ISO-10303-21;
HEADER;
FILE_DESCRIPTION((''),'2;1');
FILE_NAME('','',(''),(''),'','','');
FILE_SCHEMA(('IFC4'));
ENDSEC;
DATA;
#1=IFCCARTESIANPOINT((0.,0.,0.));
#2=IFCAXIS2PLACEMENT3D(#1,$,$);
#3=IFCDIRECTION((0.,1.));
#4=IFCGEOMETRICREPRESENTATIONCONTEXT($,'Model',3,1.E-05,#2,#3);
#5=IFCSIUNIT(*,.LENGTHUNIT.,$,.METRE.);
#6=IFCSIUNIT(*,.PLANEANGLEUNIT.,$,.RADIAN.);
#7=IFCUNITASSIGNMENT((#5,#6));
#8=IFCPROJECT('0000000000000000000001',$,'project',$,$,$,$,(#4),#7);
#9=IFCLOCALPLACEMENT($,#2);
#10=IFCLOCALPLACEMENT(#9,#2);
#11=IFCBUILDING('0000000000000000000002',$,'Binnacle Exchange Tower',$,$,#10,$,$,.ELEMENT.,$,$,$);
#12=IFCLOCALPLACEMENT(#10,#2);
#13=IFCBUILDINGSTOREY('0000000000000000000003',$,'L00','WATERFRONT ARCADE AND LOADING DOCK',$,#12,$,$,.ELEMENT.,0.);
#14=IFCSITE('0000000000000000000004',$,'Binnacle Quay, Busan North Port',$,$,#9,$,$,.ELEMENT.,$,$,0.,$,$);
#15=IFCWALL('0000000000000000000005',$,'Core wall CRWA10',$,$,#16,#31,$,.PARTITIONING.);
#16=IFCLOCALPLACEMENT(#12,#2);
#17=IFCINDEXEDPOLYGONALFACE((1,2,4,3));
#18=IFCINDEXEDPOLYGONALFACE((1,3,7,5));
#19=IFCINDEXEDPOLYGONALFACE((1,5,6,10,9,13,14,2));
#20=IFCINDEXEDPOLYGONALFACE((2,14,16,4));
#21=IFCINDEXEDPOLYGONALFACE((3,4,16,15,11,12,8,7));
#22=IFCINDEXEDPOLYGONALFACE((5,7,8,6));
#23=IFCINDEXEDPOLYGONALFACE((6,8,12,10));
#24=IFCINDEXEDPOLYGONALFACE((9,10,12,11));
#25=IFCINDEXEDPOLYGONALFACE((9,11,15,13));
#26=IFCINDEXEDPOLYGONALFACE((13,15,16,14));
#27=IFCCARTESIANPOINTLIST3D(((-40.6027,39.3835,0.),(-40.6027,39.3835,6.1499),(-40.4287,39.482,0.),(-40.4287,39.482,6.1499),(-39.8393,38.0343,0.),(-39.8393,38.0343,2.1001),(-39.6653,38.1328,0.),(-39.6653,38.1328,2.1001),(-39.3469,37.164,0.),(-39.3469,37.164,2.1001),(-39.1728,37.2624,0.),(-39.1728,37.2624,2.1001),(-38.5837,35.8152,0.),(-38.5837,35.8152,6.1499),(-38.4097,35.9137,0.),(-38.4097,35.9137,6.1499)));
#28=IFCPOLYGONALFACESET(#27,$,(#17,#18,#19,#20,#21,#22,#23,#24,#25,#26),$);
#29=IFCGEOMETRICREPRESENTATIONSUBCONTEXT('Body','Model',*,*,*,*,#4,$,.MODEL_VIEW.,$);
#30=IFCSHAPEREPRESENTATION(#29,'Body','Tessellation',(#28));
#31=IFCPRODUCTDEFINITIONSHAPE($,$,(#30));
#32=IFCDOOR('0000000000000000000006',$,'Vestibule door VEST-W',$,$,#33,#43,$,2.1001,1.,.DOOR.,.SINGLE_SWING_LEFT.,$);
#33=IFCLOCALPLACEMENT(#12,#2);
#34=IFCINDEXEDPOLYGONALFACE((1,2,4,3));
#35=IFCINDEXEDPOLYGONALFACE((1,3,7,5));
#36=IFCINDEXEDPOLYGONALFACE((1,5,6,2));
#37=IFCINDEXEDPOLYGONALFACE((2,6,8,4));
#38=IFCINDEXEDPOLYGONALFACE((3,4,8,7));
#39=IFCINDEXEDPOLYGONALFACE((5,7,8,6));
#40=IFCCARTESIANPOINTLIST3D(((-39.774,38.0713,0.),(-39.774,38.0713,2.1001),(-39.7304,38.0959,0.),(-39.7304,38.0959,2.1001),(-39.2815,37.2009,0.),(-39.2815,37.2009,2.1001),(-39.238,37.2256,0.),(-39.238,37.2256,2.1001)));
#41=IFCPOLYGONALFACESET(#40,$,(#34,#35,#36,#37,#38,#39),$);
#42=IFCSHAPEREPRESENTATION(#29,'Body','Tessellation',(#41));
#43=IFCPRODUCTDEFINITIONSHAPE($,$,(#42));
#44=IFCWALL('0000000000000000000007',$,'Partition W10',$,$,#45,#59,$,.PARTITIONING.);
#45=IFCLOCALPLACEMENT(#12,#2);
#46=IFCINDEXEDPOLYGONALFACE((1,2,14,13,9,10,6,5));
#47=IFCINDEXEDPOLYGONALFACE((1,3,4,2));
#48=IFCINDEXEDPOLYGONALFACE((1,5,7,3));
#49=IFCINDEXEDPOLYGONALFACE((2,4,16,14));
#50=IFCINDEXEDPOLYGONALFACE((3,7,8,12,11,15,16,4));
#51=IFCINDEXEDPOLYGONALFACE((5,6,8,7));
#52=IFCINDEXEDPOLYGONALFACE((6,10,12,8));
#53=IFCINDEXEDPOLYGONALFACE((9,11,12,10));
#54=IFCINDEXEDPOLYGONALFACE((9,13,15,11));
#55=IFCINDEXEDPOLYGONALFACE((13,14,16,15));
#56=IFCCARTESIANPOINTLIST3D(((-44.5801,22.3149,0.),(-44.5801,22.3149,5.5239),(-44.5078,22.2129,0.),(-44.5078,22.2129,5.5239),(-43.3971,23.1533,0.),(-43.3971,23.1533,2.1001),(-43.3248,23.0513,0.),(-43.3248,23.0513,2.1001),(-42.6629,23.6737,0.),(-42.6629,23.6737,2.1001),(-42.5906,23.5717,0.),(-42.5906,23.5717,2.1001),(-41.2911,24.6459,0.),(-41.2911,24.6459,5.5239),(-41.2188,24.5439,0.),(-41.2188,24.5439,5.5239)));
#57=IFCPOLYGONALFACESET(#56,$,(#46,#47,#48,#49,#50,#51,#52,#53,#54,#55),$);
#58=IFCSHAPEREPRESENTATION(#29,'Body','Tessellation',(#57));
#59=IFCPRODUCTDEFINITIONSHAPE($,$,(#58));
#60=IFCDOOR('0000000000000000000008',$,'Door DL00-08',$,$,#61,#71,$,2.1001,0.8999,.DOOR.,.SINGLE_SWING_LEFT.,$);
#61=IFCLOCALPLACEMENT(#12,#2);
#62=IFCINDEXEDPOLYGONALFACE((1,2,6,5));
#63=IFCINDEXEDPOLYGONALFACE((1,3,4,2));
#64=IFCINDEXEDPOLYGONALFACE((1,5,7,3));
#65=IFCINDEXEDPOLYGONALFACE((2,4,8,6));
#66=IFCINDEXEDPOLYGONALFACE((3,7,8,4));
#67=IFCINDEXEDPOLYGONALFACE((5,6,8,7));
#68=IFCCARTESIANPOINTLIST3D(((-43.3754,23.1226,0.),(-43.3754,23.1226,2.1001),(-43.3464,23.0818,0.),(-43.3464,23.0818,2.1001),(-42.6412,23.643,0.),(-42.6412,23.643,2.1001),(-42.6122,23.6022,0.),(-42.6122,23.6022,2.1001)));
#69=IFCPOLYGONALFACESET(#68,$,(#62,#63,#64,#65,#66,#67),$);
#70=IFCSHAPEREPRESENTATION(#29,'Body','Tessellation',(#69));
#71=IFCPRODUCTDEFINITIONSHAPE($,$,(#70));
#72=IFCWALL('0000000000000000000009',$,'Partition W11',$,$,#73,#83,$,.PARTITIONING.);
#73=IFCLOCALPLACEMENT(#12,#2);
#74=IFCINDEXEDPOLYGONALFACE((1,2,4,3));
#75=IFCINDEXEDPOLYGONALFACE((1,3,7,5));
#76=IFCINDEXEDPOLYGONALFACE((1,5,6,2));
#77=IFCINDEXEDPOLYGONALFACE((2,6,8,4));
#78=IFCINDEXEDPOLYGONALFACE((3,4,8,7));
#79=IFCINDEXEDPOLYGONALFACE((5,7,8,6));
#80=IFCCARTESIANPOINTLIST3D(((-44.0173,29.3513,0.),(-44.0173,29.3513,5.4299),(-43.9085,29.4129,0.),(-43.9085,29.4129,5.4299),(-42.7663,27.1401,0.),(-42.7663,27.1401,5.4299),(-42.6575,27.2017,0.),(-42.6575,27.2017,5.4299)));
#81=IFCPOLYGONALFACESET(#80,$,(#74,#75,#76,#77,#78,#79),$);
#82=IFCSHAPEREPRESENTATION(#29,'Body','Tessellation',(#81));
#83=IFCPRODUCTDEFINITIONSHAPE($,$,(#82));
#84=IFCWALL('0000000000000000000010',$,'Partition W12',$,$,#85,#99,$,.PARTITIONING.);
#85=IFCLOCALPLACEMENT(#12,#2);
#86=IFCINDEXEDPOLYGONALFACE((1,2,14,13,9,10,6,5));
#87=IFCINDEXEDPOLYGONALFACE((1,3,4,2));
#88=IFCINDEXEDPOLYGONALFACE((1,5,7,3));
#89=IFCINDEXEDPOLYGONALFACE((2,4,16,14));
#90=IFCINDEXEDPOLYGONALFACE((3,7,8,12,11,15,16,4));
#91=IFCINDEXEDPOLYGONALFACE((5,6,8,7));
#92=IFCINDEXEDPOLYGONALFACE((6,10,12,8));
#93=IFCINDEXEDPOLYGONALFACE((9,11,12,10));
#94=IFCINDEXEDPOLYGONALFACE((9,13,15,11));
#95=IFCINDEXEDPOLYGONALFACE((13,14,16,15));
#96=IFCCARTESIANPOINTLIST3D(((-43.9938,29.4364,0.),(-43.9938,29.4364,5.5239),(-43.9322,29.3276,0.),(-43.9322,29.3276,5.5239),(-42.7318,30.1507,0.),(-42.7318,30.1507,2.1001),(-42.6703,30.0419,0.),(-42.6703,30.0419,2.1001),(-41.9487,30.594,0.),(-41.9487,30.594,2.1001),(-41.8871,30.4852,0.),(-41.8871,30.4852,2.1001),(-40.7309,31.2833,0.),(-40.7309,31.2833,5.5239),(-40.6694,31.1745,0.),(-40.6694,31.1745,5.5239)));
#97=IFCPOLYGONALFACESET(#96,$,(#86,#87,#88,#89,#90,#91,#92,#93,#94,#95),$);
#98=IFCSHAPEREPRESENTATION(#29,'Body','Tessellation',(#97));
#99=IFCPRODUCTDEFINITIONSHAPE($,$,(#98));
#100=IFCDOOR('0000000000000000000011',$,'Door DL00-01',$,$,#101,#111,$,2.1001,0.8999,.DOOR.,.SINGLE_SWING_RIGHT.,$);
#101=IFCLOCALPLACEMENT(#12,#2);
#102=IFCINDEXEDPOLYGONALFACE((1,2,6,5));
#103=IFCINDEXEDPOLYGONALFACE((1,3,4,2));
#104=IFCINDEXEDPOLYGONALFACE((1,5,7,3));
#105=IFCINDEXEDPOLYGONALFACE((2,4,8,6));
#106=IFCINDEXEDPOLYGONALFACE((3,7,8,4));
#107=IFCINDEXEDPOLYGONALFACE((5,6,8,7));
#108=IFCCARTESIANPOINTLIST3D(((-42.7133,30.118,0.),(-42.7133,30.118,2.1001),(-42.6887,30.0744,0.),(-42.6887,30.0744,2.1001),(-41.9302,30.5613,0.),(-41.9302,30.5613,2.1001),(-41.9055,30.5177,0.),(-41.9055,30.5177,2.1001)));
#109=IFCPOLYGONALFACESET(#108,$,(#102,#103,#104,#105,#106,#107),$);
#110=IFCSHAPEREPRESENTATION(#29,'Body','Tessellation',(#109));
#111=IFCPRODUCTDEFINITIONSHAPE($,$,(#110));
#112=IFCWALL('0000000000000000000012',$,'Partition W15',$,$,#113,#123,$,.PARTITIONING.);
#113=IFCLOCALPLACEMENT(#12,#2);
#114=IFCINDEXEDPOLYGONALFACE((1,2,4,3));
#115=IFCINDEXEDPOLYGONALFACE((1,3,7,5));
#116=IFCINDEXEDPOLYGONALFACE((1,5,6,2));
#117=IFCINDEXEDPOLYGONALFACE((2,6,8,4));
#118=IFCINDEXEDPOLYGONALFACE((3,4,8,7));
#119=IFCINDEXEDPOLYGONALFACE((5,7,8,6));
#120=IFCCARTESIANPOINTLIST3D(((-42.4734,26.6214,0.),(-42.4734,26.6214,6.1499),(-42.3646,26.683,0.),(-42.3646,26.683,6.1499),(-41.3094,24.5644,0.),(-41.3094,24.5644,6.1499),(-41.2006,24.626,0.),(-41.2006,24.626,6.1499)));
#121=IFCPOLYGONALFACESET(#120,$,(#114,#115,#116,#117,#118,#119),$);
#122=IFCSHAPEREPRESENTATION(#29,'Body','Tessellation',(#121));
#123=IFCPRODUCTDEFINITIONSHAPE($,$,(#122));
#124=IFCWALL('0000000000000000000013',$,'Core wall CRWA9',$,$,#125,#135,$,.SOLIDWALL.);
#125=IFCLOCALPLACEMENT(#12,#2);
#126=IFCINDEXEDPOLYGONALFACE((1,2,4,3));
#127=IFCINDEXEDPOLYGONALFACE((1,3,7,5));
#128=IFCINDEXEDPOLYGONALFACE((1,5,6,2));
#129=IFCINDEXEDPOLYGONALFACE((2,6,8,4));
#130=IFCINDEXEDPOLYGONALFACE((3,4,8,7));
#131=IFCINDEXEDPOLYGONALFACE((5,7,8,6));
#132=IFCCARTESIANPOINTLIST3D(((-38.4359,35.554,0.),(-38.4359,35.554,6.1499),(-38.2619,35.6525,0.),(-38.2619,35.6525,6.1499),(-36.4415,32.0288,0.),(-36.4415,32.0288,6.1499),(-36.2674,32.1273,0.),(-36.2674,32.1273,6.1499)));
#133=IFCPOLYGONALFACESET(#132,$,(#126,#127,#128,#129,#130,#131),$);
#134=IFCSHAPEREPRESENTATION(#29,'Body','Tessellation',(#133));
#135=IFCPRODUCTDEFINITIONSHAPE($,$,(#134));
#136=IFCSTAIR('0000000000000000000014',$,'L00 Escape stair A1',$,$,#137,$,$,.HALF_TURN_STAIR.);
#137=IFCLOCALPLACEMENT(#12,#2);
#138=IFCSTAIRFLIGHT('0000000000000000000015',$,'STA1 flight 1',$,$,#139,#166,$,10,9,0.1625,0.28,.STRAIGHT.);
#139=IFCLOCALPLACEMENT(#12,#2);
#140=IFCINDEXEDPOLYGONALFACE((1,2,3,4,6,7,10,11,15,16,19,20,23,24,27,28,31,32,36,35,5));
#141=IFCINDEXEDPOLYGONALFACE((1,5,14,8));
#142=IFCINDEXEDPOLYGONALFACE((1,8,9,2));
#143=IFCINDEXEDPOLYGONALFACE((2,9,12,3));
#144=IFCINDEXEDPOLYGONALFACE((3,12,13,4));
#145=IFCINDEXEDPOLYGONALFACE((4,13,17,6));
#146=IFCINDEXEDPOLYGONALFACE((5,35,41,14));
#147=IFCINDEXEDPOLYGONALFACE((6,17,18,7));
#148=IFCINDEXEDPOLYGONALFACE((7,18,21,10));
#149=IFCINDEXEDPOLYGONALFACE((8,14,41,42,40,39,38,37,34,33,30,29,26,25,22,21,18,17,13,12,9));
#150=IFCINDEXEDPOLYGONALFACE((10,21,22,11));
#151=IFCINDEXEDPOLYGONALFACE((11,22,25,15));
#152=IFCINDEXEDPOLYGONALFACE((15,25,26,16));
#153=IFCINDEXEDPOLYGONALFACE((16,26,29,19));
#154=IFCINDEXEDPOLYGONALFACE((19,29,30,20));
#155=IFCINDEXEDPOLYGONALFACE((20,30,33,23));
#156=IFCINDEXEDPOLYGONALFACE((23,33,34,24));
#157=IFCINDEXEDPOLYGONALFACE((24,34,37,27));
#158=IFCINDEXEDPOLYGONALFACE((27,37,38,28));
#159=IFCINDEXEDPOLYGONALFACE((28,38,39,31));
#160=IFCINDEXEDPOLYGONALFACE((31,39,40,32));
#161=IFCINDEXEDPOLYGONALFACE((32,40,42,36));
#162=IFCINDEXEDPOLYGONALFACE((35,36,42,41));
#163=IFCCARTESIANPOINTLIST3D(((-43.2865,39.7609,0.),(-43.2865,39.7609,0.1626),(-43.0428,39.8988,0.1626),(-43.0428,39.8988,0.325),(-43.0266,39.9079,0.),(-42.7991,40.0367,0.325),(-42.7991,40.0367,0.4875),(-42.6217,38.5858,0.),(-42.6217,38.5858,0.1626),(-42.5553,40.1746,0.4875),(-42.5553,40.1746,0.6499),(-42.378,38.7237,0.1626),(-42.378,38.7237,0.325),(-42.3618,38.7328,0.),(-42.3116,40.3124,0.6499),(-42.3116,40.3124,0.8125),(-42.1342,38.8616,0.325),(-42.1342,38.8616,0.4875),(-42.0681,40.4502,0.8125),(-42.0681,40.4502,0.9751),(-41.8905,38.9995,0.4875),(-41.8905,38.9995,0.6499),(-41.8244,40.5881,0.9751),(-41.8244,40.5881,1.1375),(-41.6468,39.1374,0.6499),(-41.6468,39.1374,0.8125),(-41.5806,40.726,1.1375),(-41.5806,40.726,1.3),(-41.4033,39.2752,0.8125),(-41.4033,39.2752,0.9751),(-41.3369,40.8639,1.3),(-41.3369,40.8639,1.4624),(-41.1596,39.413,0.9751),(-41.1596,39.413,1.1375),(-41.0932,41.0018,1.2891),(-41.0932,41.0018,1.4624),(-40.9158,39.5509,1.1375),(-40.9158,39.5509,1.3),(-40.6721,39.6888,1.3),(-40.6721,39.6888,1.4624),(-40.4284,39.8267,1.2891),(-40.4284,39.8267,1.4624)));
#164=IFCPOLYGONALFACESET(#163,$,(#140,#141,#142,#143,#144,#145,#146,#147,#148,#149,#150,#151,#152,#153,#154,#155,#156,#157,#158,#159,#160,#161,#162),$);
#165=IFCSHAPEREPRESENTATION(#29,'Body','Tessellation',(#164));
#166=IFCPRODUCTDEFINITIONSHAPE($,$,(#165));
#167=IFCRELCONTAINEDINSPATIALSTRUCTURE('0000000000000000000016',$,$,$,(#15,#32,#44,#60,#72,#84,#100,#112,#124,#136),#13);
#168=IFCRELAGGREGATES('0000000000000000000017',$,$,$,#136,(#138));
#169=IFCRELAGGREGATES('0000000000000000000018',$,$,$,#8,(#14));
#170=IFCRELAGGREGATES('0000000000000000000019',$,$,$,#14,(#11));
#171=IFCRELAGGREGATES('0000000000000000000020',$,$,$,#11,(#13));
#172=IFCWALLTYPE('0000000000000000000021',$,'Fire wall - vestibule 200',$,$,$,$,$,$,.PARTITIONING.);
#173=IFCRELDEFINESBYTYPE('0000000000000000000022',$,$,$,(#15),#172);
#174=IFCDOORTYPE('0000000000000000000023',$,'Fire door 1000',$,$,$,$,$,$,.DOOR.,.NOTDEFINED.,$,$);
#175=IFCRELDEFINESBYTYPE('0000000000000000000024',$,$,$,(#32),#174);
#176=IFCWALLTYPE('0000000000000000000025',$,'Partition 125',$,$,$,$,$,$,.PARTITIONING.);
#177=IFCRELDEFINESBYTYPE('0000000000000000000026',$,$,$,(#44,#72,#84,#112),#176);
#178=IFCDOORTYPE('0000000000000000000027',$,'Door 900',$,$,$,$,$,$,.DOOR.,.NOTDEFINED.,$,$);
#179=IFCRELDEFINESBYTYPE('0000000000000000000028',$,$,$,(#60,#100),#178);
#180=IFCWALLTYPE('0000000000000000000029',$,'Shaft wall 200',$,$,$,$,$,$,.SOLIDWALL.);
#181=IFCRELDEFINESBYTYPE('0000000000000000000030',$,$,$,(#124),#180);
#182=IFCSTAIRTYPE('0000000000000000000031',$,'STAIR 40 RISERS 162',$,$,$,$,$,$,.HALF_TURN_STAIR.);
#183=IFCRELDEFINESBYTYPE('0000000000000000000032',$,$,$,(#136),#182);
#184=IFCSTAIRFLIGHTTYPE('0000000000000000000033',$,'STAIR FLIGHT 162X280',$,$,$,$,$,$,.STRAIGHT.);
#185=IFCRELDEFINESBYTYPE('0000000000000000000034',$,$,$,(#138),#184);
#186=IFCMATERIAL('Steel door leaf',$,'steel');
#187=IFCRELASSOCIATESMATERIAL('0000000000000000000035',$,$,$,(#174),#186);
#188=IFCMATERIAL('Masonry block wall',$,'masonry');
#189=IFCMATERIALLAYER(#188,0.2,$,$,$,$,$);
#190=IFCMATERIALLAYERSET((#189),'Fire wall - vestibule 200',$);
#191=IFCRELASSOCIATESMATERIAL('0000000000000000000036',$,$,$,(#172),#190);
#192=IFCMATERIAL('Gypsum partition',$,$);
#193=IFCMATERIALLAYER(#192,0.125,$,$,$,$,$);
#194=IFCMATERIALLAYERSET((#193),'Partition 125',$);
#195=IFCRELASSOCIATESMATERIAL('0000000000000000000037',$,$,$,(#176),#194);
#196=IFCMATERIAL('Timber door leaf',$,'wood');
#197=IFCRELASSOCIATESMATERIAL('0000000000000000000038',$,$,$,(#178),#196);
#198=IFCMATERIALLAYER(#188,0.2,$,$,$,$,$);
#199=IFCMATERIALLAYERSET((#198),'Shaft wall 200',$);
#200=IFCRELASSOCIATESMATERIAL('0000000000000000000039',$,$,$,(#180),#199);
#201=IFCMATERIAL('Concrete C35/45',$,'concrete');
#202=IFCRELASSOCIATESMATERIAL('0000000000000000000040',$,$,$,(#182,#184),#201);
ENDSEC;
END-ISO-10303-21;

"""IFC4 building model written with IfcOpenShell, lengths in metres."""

from ifc_helpers import new_model, si_unit, direction, frame, frame_2d, origin, place, context, subcontext, project, spatial, polyline, rectangle, outline, extrude, material, layer, layer_set, type_object, element, fill, aggregate, save


model = new_model("IFC4")

# Units and contexts
model_context = context("Model", 3, precision=1e-05, world=origin(), true_north=direction((0.0, 1.0)))
body_context = subcontext(model_context, "Body", "Model", "MODEL_VIEW")
ifc_project = project(units=[si_unit("LENGTHUNIT", "METRE"), si_unit("PLANEANGLEUNIT", "RADIAN")], contexts=[model_context])

# Site, building, storey
site_placement = place(None, origin())
site = spatial("IfcSite", under=ifc_project, at=site_placement, Name="Binnacle Quay, Busan North Port", CompositionType="ELEMENT", RefElevation=0.0)
building_placement = place(site_placement, origin())
building = spatial("IfcBuilding", under=site, at=building_placement, Name="Binnacle Exchange Tower", CompositionType="ELEMENT")
storey_placement = place(building_placement, origin())
storey = spatial("IfcBuildingStorey", under=building, at=storey_placement, Name="L00", Description="WATERFRONT ARCADE AND LOADING DOCK", CompositionType="ELEMENT", Elevation=0.0)

# Shared definitions
ifc_material_1 = material(Name="Steel door leaf", Category="steel")

# Walls, openings, doors
door_type_1 = type_object("IfcDoorType", Name="Fire door 1000", OperationType="NOTDEFINED", PredefinedType="DOOR", material=ifc_material_1)
ifc_material_2 = material(Name="Masonry block wall", Category="masonry")
ifc_layer_1 = layer(ifc_material_2, 0.2)
ifc_layer_set_1 = layer_set([ifc_layer_1], Name="Fire wall - vestibule 200")
wall_type_1 = type_object("IfcWallType", Name="Fire wall - vestibule 200", PredefinedType="PARTITIONING", material=ifc_layer_set_1)
wall_1_placement = place(storey_placement, frame((-40.5156, 39.4326, 0.0), z_axis=(0.0, 0.0, 1.0), x_axis=(0.492454, -0.870339, 0.0)))
wall_1 = element("IfcWall", 1, at=wall_1_placement, inside=storey, type_object=wall_type_1, Name="Core wall CRWA10", PredefinedType="PARTITIONING", context=body_context, shape_type="SweptSolid", body=[
    extrude(rectangle(XDim=4.0999, YDim=0.2, at=frame_2d((2.0498, 0.0))), origin(), (0.0, 0.0, 1.0), 6.1499),
])
opening_1_placement = place(wall_1_placement, frame((1.55, 0.0, 0.0)))
opening_1 = element("IfcOpeningElement", 2, at=opening_1_placement, cuts=wall_1, PredefinedType="OPENING", context=body_context, shape_type="SweptSolid", body=[
    extrude(rectangle(XDim=1.0, YDim=2.1001, at=frame_2d((0.5, 1.05))), frame((0.0, 0.1099, 0.0), z_axis=(0.0, -1.0, 0.0), x_axis=(1.0, 0.0, 0.0)), (0.0, 0.0, 1.0), 0.22),
])
door_1_placement = place(opening_1_placement, frame((1.0, 0.0, 0.0), z_axis=(0.0, 0.0, 1.0), x_axis=(-1.0, 0.0, 0.0)))
door_1 = element("IfcDoor", 3, at=door_1_placement, inside=storey, type_object=door_type_1, Name="Vestibule door VEST-W", OperationType="SINGLE_SWING_LEFT", OverallHeight=2.1001, OverallWidth=1.0, PredefinedType="DOOR", context=body_context, shape_type="SweptSolid", body=[
    extrude(rectangle(XDim=1.0, YDim=2.1001, at=frame_2d((0.5, 1.05))), frame((0.0, 0.0249, 0.0), z_axis=(0.0, -1.0, 0.0), x_axis=(1.0, 0.0, 0.0)), (0.0, 0.0, 1.0), 0.05),
])
fill(opening_1, door_1)
ifc_material_3 = material(Name="Gypsum partition")
ifc_layer_2 = layer(ifc_material_3, 0.125)
ifc_layer_set_2 = layer_set([ifc_layer_2], Name="Partition 125")
wall_type_2 = type_object("IfcWallType", Name="Partition 125", PredefinedType="PARTITIONING", material=ifc_layer_set_2)
wall_2_placement = place(storey_placement, frame((-44.5439, 22.2639, 0.0), z_axis=(0.0, 0.0, 1.0), x_axis=(0.815872, 0.578232, 0.0)))
wall_2 = element("IfcWall", 4, at=wall_2_placement, inside=storey, type_object=wall_type_2, Name="Partition W10", PredefinedType="PARTITIONING", context=body_context, shape_type="SweptSolid", body=[
    extrude(rectangle(XDim=4.0312, YDim=0.125, at=frame_2d((2.0156, 0.0))), origin(), (0.0, 0.0, 1.0), 5.5239),
])
opening_2_placement = place(wall_2_placement, frame((1.45, 0.0, 0.0)))
opening_2 = element("IfcOpeningElement", 5, at=opening_2_placement, cuts=wall_2, PredefinedType="OPENING", context=body_context, shape_type="SweptSolid", body=[
    extrude(rectangle(XDim=0.8999, YDim=2.1001, at=frame_2d((0.45, 1.05))), frame((0.0, 0.0725, 0.0), z_axis=(0.0, -1.0, 0.0), x_axis=(1.0, 0.0, 0.0)), (0.0, 0.0, 1.0), 0.145),
])
ifc_material_4 = material(Name="Timber door leaf", Category="wood")
door_type_2 = type_object("IfcDoorType", Name="Door 900", OperationType="NOTDEFINED", PredefinedType="DOOR", material=ifc_material_4)
door_2_placement = place(opening_2_placement, origin())
door_2 = element("IfcDoor", 6, at=door_2_placement, inside=storey, type_object=door_type_2, Name="Door DL00-08", OperationType="SINGLE_SWING_LEFT", OverallHeight=2.1001, OverallWidth=0.8999, PredefinedType="DOOR", context=body_context, shape_type="SweptSolid", body=[
    extrude(rectangle(XDim=0.8999, YDim=2.1001, at=frame_2d((0.45, 1.05))), frame((0.0, 0.0249, 0.0), z_axis=(0.0, -1.0, 0.0), x_axis=(1.0, 0.0, 0.0)), (0.0, 0.0, 1.0), 0.05),
])
fill(opening_2, door_2)

# Wall
wall_3_placement = place(storey_placement, frame((-43.9629, 29.3821, 0.0), z_axis=(0.0, 0.0, 1.0), x_axis=(0.492409, -0.870364, 0.0)))
element("IfcWall", 7, at=wall_3_placement, inside=storey, type_object=wall_type_2, Name="Partition W11", PredefinedType="PARTITIONING", context=body_context, shape_type="SweptSolid", body=[
    extrude(rectangle(XDim=2.5405, YDim=0.125, at=frame_2d((1.2703, 0.0))), origin(), (0.0, 0.0, 1.0), 5.4299),
])

# Wall, opening, door
wall_4_placement = place(storey_placement, frame((-43.9629, 29.3821, 0.0), z_axis=(0.0, 0.0, 1.0), x_axis=(0.870259, 0.492594, 0.0)))
wall_4 = element("IfcWall", 8, at=wall_4_placement, inside=storey, type_object=wall_type_2, Name="Partition W12", PredefinedType="PARTITIONING", context=body_context, shape_type="SweptSolid", body=[
    extrude(rectangle(XDim=3.7493, YDim=0.125, at=frame_2d((1.8745, 0.0))), origin(), (0.0, 0.0, 1.0), 5.5239),
])
opening_3_placement = place(wall_4_placement, frame((1.45, 0.0, 0.0)))
opening_3 = element("IfcOpeningElement", 9, at=opening_3_placement, cuts=wall_4, PredefinedType="OPENING", context=body_context, shape_type="SweptSolid", body=[
    extrude(rectangle(XDim=0.8999, YDim=2.1001, at=frame_2d((0.45, 1.05))), frame((0.0, 0.0725, 0.0), z_axis=(0.0, -1.0, 0.0), x_axis=(1.0, 0.0, 0.0)), (0.0, 0.0, 1.0), 0.145),
])
door_3_placement = place(opening_3_placement, origin())
door_3 = element("IfcDoor", 10, at=door_3_placement, inside=storey, type_object=door_type_2, Name="Door DL00-01", OperationType="SINGLE_SWING_RIGHT", OverallHeight=2.1001, OverallWidth=0.8999, PredefinedType="DOOR", context=body_context, shape_type="SweptSolid", body=[
    extrude(rectangle(XDim=0.8999, YDim=2.1001, at=frame_2d((0.45, 1.05))), frame((0.0, 0.0249, 0.0), z_axis=(0.0, -1.0, 0.0), x_axis=(1.0, 0.0, 0.0)), (0.0, 0.0, 1.0), 0.05),
])
fill(opening_3, door_3)

# Walls
wall_5_placement = place(storey_placement, frame((-42.4189, 26.6521, 0.0), z_axis=(0.0, 0.0, 1.0), x_axis=(0.492486, -0.87032, 0.0)))
element("IfcWall", 11, at=wall_5_placement, inside=storey, type_object=wall_type_2, Name="Partition W15", PredefinedType="PARTITIONING", context=body_context, shape_type="SweptSolid", body=[
    extrude(rectangle(XDim=2.3635, YDim=0.125, at=frame_2d((1.1816, 0.0))), origin(), (0.0, 0.0, 1.0), 6.1499),
])
ifc_layer_3 = layer(ifc_material_2, 0.2)
ifc_layer_set_3 = layer_set([ifc_layer_3], Name="Shaft wall 200")
wall_type_3 = type_object("IfcWallType", Name="Shaft wall 200", PredefinedType="SOLIDWALL", material=ifc_layer_set_3)
wall_6_placement = place(storey_placement, frame((-38.3489, 35.6033, 0.0), z_axis=(0.0, 0.0, 1.0), x_axis=(0.492415, -0.870361, 0.0)))
element("IfcWall", 12, at=wall_6_placement, inside=storey, type_object=wall_type_3, Name="Core wall CRWA9", PredefinedType="SOLIDWALL", context=body_context, shape_type="SweptSolid", body=[
    extrude(rectangle(XDim=4.0503, YDim=0.2, at=frame_2d((2.0251, 0.0))), origin(), (0.0, 0.0, 1.0), 6.1499),
])

# Stair, stair flight
ifc_material_5 = material(Name="Concrete C35/45", Category="concrete")
stair_type = type_object("IfcStairType", Name="STAIR 40 RISERS 162", PredefinedType="HALF_TURN_STAIR", material=ifc_material_5)
stair_placement = place(storey_placement, origin())
stair = element("IfcStair", 13, at=stair_placement, inside=storey, type_object=stair_type, Name="L00 Escape stair A1", PredefinedType="HALF_TURN_STAIR")
stair_flight_type = type_object("IfcStairFlightType", Name="STAIR FLIGHT 162X280", PredefinedType="STRAIGHT", material=ifc_material_5)
stair_flight_1_placement = place(storey_placement, frame((-42.9541, 39.1733, 0.0), z_axis=(0.0, 0.0, 1.0), x_axis=(0.870356, 0.492424, 0.0)))
stair_flight_1 = element("IfcStairFlight", 14, at=stair_flight_1_placement, type_object=stair_flight_type, Name="STA1 flight 1", NumberOfRisers=10, NumberOfTreads=9, PredefinedType="STRAIGHT", RiserHeight=0.1625, TreadLength=0.28, context=body_context, shape_type="SweptSolid", body=[
    extrude(outline(polyline([(0.0, 0.0), (0.0, 0.1626), (0.28, 0.1626), (0.28, 0.325), (0.5601, 0.325), (0.5601, 0.4875), (0.8401, 0.4875), (0.8401, 0.6499), (1.1201, 0.6499), (1.1201, 0.8125), (1.3999, 0.8125), (1.3999, 0.9751), (1.6799, 0.9751), (1.6799, 1.1375), (1.96, 1.1375), (1.96, 1.3), (2.24, 1.3), (2.24, 1.4624), (2.52, 1.4624), (2.52, 1.625), (2.52, 1.2891), (0.2986, 0.0), (0.0, 0.0)])), frame((0.0, 0.675, 0.0), z_axis=(0.0, -1.0, 0.0), x_axis=(1.0, 0.0, 0.0)), (0.0, 0.0, 1.0), 1.3501),
])
aggregate(stair, [stair_flight_1])

save(model, "model.ifc")
